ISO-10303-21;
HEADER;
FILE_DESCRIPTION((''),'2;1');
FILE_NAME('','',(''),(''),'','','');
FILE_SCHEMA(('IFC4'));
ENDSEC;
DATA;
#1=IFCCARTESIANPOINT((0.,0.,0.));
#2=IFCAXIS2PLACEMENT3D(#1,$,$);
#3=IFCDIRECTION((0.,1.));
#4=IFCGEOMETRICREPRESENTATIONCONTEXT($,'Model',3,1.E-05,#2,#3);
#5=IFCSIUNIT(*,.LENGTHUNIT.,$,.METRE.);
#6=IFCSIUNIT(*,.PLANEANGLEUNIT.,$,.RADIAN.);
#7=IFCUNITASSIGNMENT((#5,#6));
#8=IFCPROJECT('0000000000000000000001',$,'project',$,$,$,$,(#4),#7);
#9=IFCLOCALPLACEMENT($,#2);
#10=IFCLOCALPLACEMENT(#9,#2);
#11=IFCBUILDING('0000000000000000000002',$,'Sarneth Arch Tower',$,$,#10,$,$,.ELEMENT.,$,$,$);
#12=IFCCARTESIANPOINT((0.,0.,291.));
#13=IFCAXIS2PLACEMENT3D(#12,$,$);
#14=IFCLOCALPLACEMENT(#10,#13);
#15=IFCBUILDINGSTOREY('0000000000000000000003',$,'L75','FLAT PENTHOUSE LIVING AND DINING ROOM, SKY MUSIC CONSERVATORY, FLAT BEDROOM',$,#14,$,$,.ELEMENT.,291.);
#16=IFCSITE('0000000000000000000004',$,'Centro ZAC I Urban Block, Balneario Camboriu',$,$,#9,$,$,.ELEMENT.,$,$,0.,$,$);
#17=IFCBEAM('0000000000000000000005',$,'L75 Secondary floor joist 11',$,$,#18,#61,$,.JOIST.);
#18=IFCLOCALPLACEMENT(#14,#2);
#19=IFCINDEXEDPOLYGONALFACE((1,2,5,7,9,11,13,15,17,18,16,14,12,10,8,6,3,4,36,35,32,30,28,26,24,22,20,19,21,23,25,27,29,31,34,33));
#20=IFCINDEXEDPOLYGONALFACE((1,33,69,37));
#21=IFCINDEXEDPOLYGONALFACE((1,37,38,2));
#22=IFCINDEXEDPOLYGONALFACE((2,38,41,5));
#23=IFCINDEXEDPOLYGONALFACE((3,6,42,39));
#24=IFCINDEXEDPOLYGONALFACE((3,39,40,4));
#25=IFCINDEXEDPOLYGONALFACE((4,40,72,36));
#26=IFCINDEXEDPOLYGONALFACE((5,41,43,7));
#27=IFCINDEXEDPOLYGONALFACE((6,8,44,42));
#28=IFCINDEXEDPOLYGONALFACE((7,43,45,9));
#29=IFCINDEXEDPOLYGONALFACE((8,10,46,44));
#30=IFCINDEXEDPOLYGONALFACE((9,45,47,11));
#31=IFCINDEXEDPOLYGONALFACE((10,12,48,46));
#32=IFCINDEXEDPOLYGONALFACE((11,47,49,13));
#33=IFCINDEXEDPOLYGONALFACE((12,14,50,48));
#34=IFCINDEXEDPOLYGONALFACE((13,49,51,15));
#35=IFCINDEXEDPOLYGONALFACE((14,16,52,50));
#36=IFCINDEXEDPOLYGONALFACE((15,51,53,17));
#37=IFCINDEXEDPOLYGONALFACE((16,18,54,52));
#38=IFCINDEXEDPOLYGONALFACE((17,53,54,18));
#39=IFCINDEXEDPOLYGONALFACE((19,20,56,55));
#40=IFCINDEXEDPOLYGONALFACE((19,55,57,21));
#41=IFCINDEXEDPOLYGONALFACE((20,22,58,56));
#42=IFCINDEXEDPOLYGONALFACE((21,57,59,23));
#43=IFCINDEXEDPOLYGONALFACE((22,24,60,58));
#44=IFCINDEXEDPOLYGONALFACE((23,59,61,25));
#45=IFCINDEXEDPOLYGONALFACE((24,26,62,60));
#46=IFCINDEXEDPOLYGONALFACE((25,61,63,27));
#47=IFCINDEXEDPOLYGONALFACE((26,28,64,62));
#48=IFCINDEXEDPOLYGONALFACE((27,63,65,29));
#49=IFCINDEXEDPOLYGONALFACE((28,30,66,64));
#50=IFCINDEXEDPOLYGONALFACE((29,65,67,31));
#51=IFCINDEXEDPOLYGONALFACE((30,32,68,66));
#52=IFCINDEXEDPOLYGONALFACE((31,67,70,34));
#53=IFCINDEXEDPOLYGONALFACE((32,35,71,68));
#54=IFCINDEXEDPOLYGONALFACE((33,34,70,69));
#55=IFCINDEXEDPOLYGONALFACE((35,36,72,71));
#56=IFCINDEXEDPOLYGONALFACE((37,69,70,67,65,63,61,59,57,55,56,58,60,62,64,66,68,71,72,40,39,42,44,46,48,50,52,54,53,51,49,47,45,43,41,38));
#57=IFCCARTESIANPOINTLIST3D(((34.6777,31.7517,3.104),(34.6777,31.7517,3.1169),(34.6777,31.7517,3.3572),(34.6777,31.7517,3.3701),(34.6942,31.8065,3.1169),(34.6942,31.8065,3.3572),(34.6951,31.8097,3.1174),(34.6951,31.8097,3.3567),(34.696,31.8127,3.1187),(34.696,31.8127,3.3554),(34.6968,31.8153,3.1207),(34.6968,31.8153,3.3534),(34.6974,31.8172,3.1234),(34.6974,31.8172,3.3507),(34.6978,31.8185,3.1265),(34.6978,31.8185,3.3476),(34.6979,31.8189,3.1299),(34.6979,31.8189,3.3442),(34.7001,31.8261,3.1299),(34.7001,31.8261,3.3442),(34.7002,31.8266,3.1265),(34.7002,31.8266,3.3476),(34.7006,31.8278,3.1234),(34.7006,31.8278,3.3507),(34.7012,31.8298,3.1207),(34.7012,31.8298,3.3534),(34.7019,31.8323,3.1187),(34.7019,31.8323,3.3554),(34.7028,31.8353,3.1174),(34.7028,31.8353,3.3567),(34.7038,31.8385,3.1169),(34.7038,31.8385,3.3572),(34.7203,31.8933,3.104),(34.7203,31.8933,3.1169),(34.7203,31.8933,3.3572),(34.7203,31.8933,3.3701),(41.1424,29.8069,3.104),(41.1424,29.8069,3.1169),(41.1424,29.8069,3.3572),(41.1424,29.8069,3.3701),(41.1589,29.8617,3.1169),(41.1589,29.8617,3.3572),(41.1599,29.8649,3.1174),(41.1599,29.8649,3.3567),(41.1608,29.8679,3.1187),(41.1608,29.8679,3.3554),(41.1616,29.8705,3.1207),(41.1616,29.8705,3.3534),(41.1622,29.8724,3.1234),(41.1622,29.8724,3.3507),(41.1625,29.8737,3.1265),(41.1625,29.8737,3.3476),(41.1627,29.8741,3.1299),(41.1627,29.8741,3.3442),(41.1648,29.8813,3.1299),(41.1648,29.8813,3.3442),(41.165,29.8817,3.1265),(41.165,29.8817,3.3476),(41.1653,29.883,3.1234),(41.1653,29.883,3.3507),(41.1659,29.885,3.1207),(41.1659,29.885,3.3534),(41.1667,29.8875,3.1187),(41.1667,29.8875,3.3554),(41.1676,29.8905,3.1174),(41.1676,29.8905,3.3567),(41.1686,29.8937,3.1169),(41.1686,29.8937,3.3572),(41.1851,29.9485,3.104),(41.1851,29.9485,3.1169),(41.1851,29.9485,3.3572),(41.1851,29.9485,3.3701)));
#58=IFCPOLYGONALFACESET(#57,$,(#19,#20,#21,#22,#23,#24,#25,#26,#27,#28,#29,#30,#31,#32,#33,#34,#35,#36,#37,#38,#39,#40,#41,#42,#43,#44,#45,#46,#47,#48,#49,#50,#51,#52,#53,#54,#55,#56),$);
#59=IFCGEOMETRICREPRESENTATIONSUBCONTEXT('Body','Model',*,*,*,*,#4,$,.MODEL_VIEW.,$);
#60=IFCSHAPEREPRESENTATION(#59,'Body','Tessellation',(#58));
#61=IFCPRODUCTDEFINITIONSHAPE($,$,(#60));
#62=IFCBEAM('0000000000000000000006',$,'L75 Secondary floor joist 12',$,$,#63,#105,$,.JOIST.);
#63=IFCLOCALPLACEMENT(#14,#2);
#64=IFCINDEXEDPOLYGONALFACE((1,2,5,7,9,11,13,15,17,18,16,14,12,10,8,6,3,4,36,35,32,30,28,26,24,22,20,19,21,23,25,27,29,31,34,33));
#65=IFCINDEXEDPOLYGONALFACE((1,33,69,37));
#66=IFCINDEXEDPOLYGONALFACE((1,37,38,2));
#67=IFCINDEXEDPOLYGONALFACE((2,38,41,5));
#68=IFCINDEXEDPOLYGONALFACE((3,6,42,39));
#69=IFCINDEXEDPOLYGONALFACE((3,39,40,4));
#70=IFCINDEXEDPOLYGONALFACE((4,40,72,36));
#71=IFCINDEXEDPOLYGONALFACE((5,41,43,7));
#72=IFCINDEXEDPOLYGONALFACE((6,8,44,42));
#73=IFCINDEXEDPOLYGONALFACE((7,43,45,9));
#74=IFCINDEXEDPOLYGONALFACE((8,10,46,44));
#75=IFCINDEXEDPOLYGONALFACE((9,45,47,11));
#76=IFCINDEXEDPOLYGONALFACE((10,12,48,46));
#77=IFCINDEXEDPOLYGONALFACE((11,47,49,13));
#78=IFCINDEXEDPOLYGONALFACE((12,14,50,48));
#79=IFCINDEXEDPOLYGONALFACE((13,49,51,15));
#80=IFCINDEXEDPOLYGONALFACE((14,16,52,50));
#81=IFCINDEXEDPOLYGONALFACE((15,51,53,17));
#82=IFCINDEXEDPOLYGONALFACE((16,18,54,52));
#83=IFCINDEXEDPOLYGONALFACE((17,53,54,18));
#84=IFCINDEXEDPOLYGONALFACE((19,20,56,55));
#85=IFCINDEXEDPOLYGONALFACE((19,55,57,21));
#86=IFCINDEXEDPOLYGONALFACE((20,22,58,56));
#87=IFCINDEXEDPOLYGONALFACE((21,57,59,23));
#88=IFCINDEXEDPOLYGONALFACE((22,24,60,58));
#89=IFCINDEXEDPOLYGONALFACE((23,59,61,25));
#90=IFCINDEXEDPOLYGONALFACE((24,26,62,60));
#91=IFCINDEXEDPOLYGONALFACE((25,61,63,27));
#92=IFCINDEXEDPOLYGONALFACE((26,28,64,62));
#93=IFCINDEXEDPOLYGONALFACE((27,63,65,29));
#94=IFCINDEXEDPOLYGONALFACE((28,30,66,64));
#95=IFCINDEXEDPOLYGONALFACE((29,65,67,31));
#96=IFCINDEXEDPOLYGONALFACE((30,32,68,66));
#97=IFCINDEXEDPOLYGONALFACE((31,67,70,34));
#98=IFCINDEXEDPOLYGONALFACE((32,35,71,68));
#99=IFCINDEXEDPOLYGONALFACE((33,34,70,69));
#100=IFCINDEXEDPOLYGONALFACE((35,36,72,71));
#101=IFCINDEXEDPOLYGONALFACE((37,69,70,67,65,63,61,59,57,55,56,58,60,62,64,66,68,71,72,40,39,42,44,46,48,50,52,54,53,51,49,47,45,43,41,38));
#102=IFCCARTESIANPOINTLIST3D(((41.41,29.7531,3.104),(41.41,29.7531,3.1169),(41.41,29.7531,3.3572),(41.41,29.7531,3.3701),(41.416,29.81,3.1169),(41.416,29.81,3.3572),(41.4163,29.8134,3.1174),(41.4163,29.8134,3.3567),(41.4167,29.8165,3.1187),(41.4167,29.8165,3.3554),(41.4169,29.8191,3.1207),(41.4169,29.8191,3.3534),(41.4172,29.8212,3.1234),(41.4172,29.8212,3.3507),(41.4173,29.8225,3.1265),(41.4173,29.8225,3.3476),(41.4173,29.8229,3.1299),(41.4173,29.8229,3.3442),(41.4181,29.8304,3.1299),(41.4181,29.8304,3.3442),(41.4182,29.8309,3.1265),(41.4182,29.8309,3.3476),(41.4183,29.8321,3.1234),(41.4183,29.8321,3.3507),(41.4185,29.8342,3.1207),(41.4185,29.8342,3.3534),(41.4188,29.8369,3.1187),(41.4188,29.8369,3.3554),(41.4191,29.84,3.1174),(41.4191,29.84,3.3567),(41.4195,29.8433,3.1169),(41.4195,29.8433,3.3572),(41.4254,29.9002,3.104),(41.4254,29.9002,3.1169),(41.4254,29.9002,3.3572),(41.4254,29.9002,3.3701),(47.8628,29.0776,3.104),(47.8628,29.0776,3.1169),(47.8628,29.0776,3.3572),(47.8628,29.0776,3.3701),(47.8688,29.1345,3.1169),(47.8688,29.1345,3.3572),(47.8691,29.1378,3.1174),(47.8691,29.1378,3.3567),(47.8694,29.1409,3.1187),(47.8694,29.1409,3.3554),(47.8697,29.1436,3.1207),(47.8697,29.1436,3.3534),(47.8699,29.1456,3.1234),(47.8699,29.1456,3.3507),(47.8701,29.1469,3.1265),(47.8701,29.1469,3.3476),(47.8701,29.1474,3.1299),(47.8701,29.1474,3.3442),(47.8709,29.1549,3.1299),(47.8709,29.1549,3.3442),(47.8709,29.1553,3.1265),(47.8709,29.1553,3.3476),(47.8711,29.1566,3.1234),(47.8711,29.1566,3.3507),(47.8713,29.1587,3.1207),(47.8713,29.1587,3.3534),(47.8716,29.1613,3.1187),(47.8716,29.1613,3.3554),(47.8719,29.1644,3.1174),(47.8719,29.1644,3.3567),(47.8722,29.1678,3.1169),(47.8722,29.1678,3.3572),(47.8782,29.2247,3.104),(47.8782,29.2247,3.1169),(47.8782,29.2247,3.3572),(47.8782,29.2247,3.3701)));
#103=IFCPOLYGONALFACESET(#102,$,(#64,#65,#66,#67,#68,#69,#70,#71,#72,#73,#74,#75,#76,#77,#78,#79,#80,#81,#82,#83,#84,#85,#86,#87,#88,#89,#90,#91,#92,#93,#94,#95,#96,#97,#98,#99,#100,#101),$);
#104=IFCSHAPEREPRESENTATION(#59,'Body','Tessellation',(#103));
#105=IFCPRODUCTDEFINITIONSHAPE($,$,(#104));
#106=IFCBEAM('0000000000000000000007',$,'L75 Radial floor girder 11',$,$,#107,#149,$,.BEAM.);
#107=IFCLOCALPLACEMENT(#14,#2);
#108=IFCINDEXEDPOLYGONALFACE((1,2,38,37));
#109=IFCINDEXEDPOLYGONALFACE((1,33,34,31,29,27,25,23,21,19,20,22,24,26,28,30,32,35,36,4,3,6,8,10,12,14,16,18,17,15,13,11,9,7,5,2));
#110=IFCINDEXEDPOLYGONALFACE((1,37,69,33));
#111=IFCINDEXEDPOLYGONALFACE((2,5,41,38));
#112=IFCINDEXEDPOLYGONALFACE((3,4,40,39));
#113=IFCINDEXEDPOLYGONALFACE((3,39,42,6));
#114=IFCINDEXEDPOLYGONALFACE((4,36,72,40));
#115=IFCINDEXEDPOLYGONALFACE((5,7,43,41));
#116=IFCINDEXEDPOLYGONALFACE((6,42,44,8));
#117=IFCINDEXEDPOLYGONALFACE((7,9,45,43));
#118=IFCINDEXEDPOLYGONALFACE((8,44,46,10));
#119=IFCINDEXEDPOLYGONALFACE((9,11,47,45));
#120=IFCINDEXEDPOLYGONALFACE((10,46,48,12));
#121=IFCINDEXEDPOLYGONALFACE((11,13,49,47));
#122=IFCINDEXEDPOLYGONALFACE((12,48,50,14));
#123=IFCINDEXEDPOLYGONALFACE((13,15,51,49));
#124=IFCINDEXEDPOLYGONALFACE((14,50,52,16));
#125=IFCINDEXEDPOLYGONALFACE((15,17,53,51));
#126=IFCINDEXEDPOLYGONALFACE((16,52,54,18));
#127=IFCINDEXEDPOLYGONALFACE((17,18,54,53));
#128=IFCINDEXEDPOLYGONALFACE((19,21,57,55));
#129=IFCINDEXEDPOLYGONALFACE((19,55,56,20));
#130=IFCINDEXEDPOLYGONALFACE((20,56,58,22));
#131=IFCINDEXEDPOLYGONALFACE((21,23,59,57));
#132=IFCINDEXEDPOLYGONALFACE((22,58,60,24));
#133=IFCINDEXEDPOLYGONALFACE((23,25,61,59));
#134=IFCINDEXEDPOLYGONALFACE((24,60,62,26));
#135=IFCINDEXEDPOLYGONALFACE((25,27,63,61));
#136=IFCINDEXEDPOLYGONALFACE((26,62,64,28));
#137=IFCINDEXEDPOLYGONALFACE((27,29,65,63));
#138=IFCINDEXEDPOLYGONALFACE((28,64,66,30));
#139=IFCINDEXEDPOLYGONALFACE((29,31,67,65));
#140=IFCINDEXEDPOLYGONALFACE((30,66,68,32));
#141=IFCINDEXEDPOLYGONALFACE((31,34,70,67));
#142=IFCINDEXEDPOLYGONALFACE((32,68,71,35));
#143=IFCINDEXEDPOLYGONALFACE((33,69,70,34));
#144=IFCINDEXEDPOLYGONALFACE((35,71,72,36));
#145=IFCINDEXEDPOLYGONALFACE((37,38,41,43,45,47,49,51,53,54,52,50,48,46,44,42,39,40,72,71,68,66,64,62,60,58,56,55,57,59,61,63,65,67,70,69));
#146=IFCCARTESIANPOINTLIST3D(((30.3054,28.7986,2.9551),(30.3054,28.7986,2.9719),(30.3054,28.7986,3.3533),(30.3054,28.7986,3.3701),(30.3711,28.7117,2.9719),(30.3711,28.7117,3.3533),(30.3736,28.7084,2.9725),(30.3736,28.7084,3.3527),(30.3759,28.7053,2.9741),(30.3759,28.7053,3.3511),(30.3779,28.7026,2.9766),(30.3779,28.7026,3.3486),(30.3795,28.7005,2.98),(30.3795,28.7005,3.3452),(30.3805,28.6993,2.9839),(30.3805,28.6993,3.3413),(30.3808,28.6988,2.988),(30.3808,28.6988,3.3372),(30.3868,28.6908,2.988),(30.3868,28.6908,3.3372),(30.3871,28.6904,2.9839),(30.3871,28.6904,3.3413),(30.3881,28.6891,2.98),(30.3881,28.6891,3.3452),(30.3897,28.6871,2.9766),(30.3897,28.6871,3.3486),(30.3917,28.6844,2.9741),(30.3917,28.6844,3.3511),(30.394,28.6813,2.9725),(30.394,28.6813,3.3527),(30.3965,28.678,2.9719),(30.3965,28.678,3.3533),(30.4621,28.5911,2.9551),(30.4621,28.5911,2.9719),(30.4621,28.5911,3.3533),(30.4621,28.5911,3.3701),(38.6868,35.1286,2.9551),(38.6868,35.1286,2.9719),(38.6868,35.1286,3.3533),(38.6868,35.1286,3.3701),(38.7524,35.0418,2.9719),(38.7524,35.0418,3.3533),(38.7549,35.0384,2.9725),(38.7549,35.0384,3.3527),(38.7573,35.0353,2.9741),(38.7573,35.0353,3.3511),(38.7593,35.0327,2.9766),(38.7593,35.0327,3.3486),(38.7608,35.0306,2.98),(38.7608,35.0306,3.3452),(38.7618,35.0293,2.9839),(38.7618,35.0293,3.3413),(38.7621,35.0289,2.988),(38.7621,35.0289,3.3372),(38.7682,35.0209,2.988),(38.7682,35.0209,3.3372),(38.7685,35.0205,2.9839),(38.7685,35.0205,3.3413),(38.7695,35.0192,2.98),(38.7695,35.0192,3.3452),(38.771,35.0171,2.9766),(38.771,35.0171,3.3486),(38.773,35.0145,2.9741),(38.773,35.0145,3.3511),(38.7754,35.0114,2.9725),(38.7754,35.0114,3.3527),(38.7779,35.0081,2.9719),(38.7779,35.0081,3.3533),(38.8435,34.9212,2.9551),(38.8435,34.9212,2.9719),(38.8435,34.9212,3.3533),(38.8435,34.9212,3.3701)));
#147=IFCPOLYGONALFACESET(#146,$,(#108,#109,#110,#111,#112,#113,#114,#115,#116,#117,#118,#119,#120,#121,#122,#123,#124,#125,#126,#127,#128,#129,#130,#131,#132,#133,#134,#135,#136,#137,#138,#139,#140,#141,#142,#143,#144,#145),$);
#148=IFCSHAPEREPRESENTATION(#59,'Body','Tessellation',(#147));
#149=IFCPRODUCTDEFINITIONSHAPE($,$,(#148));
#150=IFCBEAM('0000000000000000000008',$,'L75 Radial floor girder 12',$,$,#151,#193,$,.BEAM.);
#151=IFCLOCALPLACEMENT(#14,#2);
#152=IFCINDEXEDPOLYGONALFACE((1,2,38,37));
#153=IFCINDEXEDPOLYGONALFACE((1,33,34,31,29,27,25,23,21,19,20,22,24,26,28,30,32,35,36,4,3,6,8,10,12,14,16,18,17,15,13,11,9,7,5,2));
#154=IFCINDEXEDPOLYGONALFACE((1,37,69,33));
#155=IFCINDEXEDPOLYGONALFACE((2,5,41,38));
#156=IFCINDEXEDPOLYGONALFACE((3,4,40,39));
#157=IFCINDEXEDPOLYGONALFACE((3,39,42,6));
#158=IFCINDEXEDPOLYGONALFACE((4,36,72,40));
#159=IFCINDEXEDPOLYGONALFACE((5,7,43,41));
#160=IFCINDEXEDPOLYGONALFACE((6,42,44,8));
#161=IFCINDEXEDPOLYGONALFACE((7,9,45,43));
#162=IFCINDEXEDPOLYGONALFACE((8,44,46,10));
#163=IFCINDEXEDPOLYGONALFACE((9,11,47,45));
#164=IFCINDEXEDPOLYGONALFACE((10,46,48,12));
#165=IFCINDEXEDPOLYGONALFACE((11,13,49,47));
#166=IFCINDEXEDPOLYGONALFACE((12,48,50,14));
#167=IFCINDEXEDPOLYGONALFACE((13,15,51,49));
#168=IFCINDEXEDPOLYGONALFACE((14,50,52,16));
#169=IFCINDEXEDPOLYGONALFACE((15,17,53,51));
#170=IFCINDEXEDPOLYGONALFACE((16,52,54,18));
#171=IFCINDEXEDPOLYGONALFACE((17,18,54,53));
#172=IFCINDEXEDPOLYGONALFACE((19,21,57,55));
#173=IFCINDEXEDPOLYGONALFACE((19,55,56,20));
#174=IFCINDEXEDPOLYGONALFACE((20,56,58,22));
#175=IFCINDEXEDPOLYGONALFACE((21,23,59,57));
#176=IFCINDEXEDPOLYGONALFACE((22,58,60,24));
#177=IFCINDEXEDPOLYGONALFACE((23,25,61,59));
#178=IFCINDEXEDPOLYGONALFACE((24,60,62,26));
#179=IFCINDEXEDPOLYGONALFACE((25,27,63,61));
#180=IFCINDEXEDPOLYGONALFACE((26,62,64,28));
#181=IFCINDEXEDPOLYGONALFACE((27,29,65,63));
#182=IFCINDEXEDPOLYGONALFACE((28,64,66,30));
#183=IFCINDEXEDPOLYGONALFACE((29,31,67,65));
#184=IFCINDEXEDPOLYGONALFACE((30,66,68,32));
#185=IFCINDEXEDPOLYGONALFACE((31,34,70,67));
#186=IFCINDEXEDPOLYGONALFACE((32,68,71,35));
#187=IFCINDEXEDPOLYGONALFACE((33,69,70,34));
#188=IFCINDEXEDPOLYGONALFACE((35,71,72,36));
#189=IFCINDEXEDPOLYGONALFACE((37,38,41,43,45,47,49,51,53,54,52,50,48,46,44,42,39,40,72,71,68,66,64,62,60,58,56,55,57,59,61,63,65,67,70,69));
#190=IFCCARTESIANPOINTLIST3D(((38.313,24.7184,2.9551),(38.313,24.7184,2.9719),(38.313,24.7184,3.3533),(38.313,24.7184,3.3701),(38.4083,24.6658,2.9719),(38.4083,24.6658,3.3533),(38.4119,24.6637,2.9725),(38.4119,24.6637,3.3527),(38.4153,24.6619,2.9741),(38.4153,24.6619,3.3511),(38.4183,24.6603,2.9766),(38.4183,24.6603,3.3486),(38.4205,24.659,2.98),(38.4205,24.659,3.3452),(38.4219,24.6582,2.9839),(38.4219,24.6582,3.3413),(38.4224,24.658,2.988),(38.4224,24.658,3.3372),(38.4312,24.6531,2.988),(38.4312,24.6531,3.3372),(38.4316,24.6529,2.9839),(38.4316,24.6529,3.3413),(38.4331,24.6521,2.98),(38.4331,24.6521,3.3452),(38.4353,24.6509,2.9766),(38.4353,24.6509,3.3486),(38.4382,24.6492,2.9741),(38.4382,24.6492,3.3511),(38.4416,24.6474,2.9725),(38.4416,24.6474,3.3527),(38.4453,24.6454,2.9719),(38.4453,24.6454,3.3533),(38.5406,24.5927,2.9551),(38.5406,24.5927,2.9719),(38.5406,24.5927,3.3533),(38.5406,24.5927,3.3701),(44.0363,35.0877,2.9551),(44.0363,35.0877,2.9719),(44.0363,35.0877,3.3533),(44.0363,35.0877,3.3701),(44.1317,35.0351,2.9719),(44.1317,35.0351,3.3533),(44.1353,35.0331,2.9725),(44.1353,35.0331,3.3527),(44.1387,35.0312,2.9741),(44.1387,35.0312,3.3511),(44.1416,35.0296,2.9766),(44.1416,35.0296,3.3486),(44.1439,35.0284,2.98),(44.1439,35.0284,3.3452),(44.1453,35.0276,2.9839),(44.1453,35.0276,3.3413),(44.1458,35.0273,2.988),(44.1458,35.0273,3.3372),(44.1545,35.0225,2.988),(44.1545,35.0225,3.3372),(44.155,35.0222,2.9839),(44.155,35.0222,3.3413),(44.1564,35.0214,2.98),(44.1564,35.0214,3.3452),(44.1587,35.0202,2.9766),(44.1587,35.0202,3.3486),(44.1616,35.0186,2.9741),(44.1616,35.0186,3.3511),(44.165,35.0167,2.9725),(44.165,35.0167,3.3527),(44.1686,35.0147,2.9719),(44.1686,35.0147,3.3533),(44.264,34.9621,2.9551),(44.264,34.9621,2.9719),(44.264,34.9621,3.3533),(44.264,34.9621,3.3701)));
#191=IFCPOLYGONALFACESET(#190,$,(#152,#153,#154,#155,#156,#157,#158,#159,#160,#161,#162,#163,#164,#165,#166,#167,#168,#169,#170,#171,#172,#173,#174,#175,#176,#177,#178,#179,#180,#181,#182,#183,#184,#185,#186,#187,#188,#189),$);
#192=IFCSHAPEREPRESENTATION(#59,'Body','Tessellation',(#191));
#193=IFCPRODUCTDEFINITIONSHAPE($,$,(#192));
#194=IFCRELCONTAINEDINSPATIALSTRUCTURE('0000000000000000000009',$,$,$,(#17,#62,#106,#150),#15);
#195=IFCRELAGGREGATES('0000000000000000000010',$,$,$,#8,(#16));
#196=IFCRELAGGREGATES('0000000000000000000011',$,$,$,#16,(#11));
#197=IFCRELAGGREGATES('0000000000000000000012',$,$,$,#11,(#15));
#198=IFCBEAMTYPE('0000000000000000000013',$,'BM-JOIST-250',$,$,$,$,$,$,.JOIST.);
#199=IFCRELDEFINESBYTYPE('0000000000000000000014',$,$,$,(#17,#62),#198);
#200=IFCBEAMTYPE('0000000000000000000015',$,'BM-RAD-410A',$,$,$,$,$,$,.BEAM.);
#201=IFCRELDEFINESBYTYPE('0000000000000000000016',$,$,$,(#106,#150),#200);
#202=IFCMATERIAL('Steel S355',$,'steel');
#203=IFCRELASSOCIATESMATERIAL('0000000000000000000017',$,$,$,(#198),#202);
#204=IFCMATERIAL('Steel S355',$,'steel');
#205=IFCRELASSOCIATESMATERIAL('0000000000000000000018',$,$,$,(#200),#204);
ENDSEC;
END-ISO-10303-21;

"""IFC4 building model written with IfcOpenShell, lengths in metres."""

from ifc_helpers import new_model, si_unit, direction, frame, origin, origin_2d, place, context, subcontext, project, spatial, i_section, extrude, material, material_profile, profile_set, type_object, element, save


model = new_model("IFC4")

# Units and contexts
model_context = context("Model", 3, precision=1e-05, world=origin(), true_north=direction((0.0, 1.0)))
body_context = subcontext(model_context, "Body", "Model", "MODEL_VIEW")
ifc_project = project(units=[si_unit("LENGTHUNIT", "METRE"), si_unit("PLANEANGLEUNIT", "RADIAN")], contexts=[model_context])

# Site, building, storey
site_placement = place(None, origin())
site = spatial("IfcSite", under=ifc_project, at=site_placement, Name="Centro ZAC I Urban Block, Balneario Camboriu", CompositionType="ELEMENT", RefElevation=0.0)
building_placement = place(site_placement, origin())
building = spatial("IfcBuilding", under=site, at=building_placement, Name="Sarneth Arch Tower", CompositionType="ELEMENT")
storey_placement = place(building_placement, frame((0.0, 0.0, 291.0)))
storey = spatial("IfcBuildingStorey", under=building, at=storey_placement, Name="L75", Description="FLAT PENTHOUSE LIVING AND DINING ROOM, SKY MUSIC CONSERVATORY, FLAT BEDROOM", CompositionType="ELEMENT", Elevation=291.0)

# Beams
ifc_material_1 = material(Name="Steel S355", Category="steel")
ifc_material_profile_1 = material_profile(ifc_material_1, i_section(OverallWidth=0.1479, OverallDepth=0.2661, WebThickness=0.0076, FlangeThickness=0.0129, FilletRadius=0.0129, at=origin_2d()), Name="W250x44.8")
ifc_profile_set_1 = profile_set([ifc_material_profile_1], Name="Steel S355")
beam_type_1 = type_object("IfcBeamType", Name="BM-JOIST-250", PredefinedType="JOIST", material=ifc_profile_set_1)
beam_1_placement = place(storey_placement, frame((34.699, 31.8225, 3.2371), z_axis=(0.957607, -0.288078, 0.0), x_axis=(0.288078, 0.957607, 0.0)))
element("IfcBeam", 1, at=beam_1_placement, inside=storey, type_object=beam_type_1, Name="L75 Secondary floor joist 11", PredefinedType="JOIST", context=body_context, shape_type="SweptSolid", body=[
    extrude(i_section(OverallWidth=0.1479, OverallDepth=0.2661, WebThickness=0.0076, FlangeThickness=0.0129, FilletRadius=0.0129, at=origin_2d()), origin(), (0.0, 0.0, 1.0), 6.751),
])
beam_2_placement = place(storey_placement, frame((41.4177, 29.8267, 3.2371), z_axis=(0.994565, -0.104119, 0.0), x_axis=(0.104119, 0.994565, 0.0)))
element("IfcBeam", 2, at=beam_2_placement, inside=storey, type_object=beam_type_1, Name="L75 Secondary floor joist 12", PredefinedType="JOIST", context=body_context, shape_type="SweptSolid", body=[
    extrude(i_section(OverallWidth=0.1479, OverallDepth=0.2661, WebThickness=0.0076, FlangeThickness=0.0129, FilletRadius=0.0129, at=origin_2d()), origin(), (0.0, 0.0, 1.0), 6.488),
])
ifc_material_2 = material(Name="Steel S355", Category="steel")
ifc_material_profile_2 = material_profile(ifc_material_2, i_section(OverallWidth=0.26, OverallDepth=0.415, WebThickness=0.01, FlangeThickness=0.0168, FilletRadius=0.0161, at=origin_2d()), Name="W410x100")
ifc_profile_set_2 = profile_set([ifc_material_profile_2], Name="Steel S355")
beam_type_2 = type_object("IfcBeamType", Name="BM-RAD-410A", PredefinedType="BEAM", material=ifc_profile_set_2)
beam_3_placement = place(storey_placement, frame((38.7651, 35.0249, 3.1626), z_axis=(-0.797982, -0.602682, 0.0), x_axis=(0.602682, -0.797982, 0.0)))
element("IfcBeam", 3, at=beam_3_placement, inside=storey, type_object=beam_type_2, Name="L75 Radial floor girder 11", PredefinedType="BEAM", context=body_context, shape_type="SweptSolid", body=[
    extrude(i_section(OverallWidth=0.26, OverallDepth=0.415, WebThickness=0.01, FlangeThickness=0.0168, FilletRadius=0.0161, at=origin_2d()), origin(), (0.0, 0.0, 1.0), 10.5032),
])
beam_4_placement = place(storey_placement, frame((44.1501, 35.0249, 3.1626), z_axis=(-0.483229, -0.875494, 0.0), x_axis=(0.875494, -0.483229, 0.0)))
element("IfcBeam", 4, at=beam_4_placement, inside=storey, type_object=beam_type_2, Name="L75 Radial floor girder 12", PredefinedType="BEAM", context=body_context, shape_type="SweptSolid", body=[
    extrude(i_section(OverallWidth=0.26, OverallDepth=0.415, WebThickness=0.01, FlangeThickness=0.0168, FilletRadius=0.0161, at=origin_2d()), origin(), (0.0, 0.0, 1.0), 11.844),
])

save(model, "model.ifc")
